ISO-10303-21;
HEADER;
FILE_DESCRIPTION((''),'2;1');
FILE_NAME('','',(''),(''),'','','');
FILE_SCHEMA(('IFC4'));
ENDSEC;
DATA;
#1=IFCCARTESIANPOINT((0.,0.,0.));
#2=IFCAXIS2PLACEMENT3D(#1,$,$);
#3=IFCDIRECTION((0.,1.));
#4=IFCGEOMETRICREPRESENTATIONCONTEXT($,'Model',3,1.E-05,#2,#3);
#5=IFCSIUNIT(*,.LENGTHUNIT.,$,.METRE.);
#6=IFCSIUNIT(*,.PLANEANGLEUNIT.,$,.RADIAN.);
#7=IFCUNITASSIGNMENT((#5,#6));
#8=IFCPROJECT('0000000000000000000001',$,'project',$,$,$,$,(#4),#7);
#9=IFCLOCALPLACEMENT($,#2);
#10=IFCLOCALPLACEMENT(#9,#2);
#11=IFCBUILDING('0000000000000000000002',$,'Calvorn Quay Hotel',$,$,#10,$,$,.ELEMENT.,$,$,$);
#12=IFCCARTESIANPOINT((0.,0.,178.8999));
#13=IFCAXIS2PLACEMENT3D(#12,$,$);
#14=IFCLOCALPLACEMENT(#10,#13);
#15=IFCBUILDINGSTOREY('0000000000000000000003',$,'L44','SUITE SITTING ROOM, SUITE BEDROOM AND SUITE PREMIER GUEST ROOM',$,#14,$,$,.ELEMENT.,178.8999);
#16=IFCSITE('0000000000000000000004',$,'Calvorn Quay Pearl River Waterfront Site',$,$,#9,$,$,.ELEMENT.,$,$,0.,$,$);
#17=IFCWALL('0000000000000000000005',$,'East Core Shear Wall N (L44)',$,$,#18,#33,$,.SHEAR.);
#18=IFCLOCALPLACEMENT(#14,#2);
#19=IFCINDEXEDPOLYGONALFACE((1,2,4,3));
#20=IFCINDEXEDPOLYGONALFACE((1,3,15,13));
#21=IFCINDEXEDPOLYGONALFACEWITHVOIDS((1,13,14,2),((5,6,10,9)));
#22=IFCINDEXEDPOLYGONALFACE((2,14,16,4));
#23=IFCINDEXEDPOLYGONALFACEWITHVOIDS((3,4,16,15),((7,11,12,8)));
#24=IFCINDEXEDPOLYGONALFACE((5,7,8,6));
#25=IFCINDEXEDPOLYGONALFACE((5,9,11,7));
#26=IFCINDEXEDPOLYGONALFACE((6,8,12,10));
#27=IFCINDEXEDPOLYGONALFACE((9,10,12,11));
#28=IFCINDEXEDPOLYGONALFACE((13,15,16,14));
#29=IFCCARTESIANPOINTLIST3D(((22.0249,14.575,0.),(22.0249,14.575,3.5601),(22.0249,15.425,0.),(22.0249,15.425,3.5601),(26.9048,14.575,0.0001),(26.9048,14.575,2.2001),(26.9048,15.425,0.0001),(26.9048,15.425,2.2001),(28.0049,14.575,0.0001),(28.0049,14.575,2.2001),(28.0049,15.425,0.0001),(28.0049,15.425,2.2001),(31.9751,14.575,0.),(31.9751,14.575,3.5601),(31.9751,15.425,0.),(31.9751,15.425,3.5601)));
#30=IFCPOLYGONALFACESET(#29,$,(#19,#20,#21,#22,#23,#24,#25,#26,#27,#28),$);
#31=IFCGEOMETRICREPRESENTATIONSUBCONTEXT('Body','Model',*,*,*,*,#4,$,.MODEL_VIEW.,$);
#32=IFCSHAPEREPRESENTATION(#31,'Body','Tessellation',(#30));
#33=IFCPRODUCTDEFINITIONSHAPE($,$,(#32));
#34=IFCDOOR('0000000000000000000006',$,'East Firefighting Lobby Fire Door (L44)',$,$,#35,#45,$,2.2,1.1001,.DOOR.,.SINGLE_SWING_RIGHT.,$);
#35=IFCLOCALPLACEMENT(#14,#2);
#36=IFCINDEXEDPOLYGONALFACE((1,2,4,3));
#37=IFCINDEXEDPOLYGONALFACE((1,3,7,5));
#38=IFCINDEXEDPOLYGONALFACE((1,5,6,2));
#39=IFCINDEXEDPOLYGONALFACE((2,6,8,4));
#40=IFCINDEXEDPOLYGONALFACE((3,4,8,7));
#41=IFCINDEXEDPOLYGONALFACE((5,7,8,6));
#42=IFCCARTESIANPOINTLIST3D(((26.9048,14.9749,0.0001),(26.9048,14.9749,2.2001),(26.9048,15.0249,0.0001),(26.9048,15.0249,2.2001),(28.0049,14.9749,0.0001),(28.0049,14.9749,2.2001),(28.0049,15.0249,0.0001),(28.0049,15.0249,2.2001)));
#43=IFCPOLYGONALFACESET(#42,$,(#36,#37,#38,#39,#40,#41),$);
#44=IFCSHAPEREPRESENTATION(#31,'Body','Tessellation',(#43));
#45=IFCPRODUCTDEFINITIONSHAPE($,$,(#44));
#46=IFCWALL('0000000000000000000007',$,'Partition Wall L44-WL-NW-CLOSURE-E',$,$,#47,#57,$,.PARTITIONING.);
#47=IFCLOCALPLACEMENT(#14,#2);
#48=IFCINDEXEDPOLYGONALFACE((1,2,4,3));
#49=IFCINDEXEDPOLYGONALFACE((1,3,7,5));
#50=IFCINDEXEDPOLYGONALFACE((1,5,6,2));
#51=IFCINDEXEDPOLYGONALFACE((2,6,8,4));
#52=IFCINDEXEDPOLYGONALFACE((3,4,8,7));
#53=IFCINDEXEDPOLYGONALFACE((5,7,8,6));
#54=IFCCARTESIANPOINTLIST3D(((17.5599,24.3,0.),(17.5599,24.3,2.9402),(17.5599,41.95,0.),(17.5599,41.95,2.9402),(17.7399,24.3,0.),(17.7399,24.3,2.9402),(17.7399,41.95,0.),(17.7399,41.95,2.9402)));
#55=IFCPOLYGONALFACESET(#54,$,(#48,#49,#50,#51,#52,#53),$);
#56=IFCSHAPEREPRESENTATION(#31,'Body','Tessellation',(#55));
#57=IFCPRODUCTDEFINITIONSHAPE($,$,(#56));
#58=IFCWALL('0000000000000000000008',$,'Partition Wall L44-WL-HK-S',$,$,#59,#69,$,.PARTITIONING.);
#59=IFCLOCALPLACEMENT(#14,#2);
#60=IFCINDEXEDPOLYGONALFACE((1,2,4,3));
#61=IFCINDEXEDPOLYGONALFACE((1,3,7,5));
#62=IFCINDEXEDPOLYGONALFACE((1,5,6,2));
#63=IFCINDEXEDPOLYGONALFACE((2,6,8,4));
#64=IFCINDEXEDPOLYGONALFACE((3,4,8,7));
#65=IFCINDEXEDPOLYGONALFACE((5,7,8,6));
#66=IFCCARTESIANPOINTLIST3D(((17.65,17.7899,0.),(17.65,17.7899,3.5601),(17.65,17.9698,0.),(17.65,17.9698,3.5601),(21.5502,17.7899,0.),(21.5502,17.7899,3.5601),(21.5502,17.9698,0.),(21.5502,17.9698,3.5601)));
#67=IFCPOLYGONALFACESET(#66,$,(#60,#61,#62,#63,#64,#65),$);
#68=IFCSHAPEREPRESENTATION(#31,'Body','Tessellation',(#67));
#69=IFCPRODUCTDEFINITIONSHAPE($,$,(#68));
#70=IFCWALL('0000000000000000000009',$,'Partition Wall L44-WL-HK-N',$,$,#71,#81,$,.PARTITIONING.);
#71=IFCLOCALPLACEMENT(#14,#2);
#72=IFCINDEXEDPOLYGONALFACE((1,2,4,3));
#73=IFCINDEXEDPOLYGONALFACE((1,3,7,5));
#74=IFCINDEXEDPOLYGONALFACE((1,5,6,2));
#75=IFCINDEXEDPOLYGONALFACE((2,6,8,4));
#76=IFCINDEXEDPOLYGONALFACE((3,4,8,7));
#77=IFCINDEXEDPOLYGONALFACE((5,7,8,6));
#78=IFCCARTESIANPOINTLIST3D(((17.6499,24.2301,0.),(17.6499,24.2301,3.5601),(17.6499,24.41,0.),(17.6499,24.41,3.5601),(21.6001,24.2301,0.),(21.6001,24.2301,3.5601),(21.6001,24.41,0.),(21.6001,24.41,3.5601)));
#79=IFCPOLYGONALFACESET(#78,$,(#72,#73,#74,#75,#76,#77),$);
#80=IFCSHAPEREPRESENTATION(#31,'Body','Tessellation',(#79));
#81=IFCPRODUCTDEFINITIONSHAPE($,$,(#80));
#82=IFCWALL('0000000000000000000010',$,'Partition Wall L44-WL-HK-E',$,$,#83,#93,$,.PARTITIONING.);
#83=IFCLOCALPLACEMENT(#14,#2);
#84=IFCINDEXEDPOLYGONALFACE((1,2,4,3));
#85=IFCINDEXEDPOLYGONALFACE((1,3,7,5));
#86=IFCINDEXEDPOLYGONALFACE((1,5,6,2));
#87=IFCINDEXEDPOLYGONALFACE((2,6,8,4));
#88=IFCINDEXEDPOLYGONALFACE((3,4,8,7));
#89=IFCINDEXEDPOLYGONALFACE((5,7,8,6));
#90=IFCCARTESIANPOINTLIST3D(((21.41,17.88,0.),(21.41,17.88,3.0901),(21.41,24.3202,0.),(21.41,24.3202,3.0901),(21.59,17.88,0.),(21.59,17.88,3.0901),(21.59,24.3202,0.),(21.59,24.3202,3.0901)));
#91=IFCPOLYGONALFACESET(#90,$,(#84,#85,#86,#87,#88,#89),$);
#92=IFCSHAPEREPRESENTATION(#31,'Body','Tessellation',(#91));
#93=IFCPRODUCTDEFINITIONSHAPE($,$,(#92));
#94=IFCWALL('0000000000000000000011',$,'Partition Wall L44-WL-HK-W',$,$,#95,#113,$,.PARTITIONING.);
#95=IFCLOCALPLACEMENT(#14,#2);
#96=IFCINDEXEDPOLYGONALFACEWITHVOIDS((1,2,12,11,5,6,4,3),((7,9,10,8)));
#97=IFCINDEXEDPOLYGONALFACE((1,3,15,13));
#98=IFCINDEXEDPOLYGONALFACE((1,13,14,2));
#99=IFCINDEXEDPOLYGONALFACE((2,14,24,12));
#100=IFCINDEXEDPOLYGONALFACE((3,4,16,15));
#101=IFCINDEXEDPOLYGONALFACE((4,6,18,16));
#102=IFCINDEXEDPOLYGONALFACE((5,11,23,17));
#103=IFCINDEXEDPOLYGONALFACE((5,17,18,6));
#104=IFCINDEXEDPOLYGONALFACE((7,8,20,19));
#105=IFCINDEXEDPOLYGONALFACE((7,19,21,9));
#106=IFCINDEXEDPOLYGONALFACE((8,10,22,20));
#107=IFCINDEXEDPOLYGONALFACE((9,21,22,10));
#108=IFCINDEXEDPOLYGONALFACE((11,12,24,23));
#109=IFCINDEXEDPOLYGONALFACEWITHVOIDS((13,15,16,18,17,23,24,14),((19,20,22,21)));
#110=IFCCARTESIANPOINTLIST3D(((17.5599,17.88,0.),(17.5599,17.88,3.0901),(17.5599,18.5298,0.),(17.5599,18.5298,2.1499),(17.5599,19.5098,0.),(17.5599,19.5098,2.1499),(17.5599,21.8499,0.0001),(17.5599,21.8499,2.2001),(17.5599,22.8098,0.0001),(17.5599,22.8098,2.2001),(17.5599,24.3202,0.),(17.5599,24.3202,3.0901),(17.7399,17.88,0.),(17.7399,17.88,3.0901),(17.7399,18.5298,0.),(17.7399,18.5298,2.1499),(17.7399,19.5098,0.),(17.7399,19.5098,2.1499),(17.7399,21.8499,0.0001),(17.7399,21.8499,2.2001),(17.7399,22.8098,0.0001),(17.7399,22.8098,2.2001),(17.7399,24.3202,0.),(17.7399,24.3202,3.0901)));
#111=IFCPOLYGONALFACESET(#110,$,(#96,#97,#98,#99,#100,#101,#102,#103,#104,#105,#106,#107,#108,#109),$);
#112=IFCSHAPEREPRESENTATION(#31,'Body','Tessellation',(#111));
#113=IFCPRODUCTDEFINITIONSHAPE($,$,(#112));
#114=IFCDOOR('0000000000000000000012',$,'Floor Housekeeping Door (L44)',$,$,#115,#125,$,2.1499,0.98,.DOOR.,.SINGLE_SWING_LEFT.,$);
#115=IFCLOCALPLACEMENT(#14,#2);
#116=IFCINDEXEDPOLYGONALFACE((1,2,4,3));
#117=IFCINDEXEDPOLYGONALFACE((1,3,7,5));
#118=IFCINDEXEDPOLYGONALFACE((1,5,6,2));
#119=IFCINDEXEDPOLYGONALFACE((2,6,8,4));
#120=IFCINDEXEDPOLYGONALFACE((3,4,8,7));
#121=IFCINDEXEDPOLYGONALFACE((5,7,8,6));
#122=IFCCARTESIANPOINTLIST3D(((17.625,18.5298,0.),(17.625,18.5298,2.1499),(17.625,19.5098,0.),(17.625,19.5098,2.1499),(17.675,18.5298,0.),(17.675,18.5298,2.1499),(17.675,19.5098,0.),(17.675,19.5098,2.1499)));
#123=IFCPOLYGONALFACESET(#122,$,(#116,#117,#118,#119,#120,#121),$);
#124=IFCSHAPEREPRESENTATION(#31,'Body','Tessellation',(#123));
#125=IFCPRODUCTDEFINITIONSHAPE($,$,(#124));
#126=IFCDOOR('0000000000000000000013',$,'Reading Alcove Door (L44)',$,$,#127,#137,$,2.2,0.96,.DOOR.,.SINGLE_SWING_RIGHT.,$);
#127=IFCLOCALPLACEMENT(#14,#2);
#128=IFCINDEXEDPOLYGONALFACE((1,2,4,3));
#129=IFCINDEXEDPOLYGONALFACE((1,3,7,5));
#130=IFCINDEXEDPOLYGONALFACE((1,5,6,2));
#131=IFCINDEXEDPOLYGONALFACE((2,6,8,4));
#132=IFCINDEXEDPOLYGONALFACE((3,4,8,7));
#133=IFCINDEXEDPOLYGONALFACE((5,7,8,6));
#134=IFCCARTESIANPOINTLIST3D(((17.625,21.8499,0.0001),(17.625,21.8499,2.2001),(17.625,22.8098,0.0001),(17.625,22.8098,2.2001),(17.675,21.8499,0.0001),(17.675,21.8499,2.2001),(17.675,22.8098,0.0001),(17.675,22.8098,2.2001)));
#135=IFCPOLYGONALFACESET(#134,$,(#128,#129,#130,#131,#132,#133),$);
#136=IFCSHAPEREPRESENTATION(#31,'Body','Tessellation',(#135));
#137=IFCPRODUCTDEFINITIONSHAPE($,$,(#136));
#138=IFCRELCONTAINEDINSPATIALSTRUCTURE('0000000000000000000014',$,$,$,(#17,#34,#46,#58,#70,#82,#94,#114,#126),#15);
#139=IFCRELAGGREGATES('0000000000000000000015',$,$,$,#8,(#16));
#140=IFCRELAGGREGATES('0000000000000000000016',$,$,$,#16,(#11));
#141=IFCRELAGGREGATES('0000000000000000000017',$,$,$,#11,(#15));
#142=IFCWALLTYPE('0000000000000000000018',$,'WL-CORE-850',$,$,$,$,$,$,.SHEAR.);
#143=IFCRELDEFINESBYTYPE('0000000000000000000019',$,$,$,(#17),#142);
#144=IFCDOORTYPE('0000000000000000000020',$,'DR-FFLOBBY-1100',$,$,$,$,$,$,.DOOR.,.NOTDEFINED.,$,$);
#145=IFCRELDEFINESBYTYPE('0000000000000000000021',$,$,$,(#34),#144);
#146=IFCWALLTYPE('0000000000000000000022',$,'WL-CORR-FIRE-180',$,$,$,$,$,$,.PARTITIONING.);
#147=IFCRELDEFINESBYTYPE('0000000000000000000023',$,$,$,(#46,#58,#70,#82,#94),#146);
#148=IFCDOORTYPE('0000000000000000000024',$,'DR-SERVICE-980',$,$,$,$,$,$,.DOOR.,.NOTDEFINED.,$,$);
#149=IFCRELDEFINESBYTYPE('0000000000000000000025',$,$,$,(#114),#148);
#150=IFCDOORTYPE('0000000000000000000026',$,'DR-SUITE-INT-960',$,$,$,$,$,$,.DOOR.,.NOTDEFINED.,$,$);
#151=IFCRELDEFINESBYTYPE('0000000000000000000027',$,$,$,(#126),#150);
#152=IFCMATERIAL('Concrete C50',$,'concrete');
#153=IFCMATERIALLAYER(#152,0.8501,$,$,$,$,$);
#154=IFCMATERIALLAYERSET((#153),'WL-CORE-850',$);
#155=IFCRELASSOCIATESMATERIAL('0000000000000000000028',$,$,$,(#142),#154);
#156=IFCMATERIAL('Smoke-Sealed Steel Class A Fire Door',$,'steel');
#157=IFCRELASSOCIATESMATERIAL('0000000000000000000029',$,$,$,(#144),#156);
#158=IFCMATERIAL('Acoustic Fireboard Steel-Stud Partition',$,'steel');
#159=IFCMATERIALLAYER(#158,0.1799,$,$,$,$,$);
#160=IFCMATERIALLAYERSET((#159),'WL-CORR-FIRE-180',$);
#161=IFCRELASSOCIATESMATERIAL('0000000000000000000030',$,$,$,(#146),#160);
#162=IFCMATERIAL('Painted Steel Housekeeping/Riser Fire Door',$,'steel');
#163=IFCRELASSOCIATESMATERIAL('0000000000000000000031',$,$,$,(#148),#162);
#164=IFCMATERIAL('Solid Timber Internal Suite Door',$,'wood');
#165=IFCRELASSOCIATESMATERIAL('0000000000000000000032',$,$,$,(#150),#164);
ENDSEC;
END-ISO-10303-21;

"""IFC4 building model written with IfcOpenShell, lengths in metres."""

from ifc_helpers import new_model, si_unit, direction, frame, frame_2d, origin, place, context, subcontext, project, spatial, rectangle, extrude, material, layer, layer_set, type_object, element, fill, save


model = new_model("IFC4")

# Units and contexts
model_context = context("Model", 3, precision=1e-05, world=origin(), true_north=direction((0.0, 1.0)))
body_context = subcontext(model_context, "Body", "Model", "MODEL_VIEW")
ifc_project = project(units=[si_unit("LENGTHUNIT", "METRE"), si_unit("PLANEANGLEUNIT", "RADIAN")], contexts=[model_context])

# Site, building, storey
site_placement = place(None, origin())
site = spatial("IfcSite", under=ifc_project, at=site_placement, Name="Calvorn Quay Pearl River Waterfront Site", CompositionType="ELEMENT", RefElevation=0.0)
building_placement = place(site_placement, origin())
building = spatial("IfcBuilding", under=site, at=building_placement, Name="Calvorn Quay Hotel", CompositionType="ELEMENT")
storey_placement = place(building_placement, frame((0.0, 0.0, 178.8999)))
storey = spatial("IfcBuildingStorey", under=building, at=storey_placement, Name="L44", Description="SUITE SITTING ROOM, SUITE BEDROOM AND SUITE PREMIER GUEST ROOM", CompositionType="ELEMENT", Elevation=178.8999)

# Wall, opening, door
ifc_material_1 = material(Name="Concrete C50", Category="concrete")
ifc_layer_1 = layer(ifc_material_1, 0.8501)
ifc_layer_set_1 = layer_set([ifc_layer_1], Name="WL-CORE-850")
wall_type_1 = type_object("IfcWallType", Name="WL-CORE-850", PredefinedType="SHEAR", material=ifc_layer_set_1)
wall_1_placement = place(storey_placement, frame((22.0249, 15.0, 0.0), z_axis=(0.0, 0.0, 1.0), x_axis=(1.0, 0.0, 0.0)))
wall_1 = element("IfcWall", 1, at=wall_1_placement, inside=storey, type_object=wall_type_1, Name="East Core Shear Wall N (L44)", PredefinedType="SHEAR", context=body_context, shape_type="SweptSolid", body=[
    extrude(rectangle(XDim=9.9502, YDim=0.8501, at=frame_2d((4.9751, 0.0))), origin(), (0.0, 0.0, 1.0), 3.5601),
])
opening_1_placement = place(wall_1_placement, frame((4.8799, 0.0, 0.0)))
opening_1 = element("IfcOpeningElement", 2, at=opening_1_placement, cuts=wall_1, PredefinedType="OPENING", context=body_context, shape_type="SweptSolid", body=[
    extrude(rectangle(XDim=1.1001, YDim=2.2, at=frame_2d((0.55, 1.1001))), frame((0.0, 0.4351, 0.0), z_axis=(0.0, -1.0, 0.0), x_axis=(1.0, 0.0, 0.0)), (0.0, 0.0, 1.0), 0.8701),
])
ifc_material_2 = material(Name="Smoke-Sealed Steel Class A Fire Door", Category="steel")
door_type_1 = type_object("IfcDoorType", Name="DR-FFLOBBY-1100", OperationType="NOTDEFINED", PredefinedType="DOOR", material=ifc_material_2)
door_1_placement = place(opening_1_placement, origin())
door_1 = element("IfcDoor", 3, at=door_1_placement, inside=storey, type_object=door_type_1, Name="East Firefighting Lobby Fire Door (L44)", OperationType="SINGLE_SWING_RIGHT", OverallHeight=2.2, OverallWidth=1.1001, PredefinedType="DOOR", context=body_context, shape_type="SweptSolid", body=[
    extrude(rectangle(XDim=1.1001, YDim=2.2, at=frame_2d((0.55, 1.1001))), frame((0.0, 0.0249, 0.0), z_axis=(0.0, -1.0, 0.0), x_axis=(1.0, 0.0, 0.0)), (0.0, 0.0, 1.0), 0.05),
])
fill(opening_1, door_1)

# Walls
ifc_material_3 = material(Name="Acoustic Fireboard Steel-Stud Partition", Category="steel")
ifc_layer_2 = layer(ifc_material_3, 0.1799)
ifc_layer_set_2 = layer_set([ifc_layer_2], Name="WL-CORR-FIRE-180")
wall_type_2 = type_object("IfcWallType", Name="WL-CORR-FIRE-180", PredefinedType="PARTITIONING", material=ifc_layer_set_2)
wall_2_placement = place(storey_placement, frame((17.6499, 24.3, 0.0), z_axis=(0.0, 0.0, 1.0), x_axis=(0.0, 1.0, 0.0)))
element("IfcWall", 4, at=wall_2_placement, inside=storey, type_object=wall_type_2, Name="Partition Wall L44-WL-NW-CLOSURE-E", PredefinedType="PARTITIONING", context=body_context, shape_type="SweptSolid", body=[
    extrude(rectangle(XDim=17.6499, YDim=0.1799, at=frame_2d((8.825, 0.0))), origin(), (0.0, 0.0, 1.0), 2.9402),
])
wall_3_placement = place(storey_placement, frame((17.6499, 17.8799, 0.0), z_axis=(0.0, 0.0, 1.0), x_axis=(1.0, 0.0, 0.0)))
element("IfcWall", 5, at=wall_3_placement, inside=storey, type_object=wall_type_2, Name="Partition Wall L44-WL-HK-S", PredefinedType="PARTITIONING", context=body_context, shape_type="SweptSolid", body=[
    extrude(rectangle(XDim=3.9001, YDim=0.1799, at=frame_2d((1.9502, 0.0))), origin(), (0.0, 0.0, 1.0), 3.5601),
])
wall_4_placement = place(storey_placement, frame((17.6499, 24.3201, 0.0), z_axis=(0.0, 0.0, 1.0), x_axis=(1.0, 0.0, 0.0)))
element("IfcWall", 6, at=wall_4_placement, inside=storey, type_object=wall_type_2, Name="Partition Wall L44-WL-HK-N", PredefinedType="PARTITIONING", context=body_context, shape_type="SweptSolid", body=[
    extrude(rectangle(XDim=3.9502, YDim=0.1799, at=frame_2d((1.9751, 0.0))), origin(), (0.0, 0.0, 1.0), 3.5601),
])
wall_5_placement = place(storey_placement, frame((21.5, 17.8799, 0.0), z_axis=(0.0, 0.0, 1.0), x_axis=(0.0, 1.0, 0.0)))
element("IfcWall", 7, at=wall_5_placement, inside=storey, type_object=wall_type_2, Name="Partition Wall L44-WL-HK-E", PredefinedType="PARTITIONING", context=body_context, shape_type="SweptSolid", body=[
    extrude(rectangle(XDim=6.4402, YDim=0.1799, at=frame_2d((3.2202, 0.0))), origin(), (0.0, 0.0, 1.0), 3.0901),
])

# Wall, openings, doors
wall_6_placement = place(storey_placement, frame((17.6499, 17.8799, 0.0), z_axis=(0.0, 0.0, 1.0), x_axis=(0.0, 1.0, 0.0)))
wall_6 = element("IfcWall", 8, at=wall_6_placement, inside=storey, type_object=wall_type_2, Name="Partition Wall L44-WL-HK-W", PredefinedType="PARTITIONING", context=body_context, shape_type="SweptSolid", body=[
    extrude(rectangle(XDim=6.4402, YDim=0.1799, at=frame_2d((3.2202, 0.0))), origin(), (0.0, 0.0, 1.0), 3.0901),
])
opening_2_placement = place(wall_6_placement, frame((0.6499, 0.0, 0.0)))
opening_2 = element("IfcOpeningElement", 9, at=opening_2_placement, cuts=wall_6, PredefinedType="OPENING", context=body_context, shape_type="SweptSolid", body=[
    extrude(rectangle(XDim=0.98, YDim=2.1499, at=frame_2d((0.49, 1.075))), frame((0.0, 0.0999, 0.0), z_axis=(0.0, -1.0, 0.0), x_axis=(1.0, 0.0, 0.0)), (0.0, 0.0, 1.0), 0.2),
])
opening_3_placement = place(wall_6_placement, frame((3.97, 0.0, 0.0)))
opening_3 = element("IfcOpeningElement", 10, at=opening_3_placement, cuts=wall_6, PredefinedType="OPENING", context=body_context, shape_type="SweptSolid", body=[
    extrude(rectangle(XDim=0.96, YDim=2.2, at=frame_2d((0.48, 1.1001))), frame((0.0, 0.0999, 0.0), z_axis=(0.0, -1.0, 0.0), x_axis=(1.0, 0.0, 0.0)), (0.0, 0.0, 1.0), 0.2),
])
ifc_material_4 = material(Name="Painted Steel Housekeeping/Riser Fire Door", Category="steel")
door_type_2 = type_object("IfcDoorType", Name="DR-SERVICE-980", OperationType="NOTDEFINED", PredefinedType="DOOR", material=ifc_material_4)
door_2_placement = place(opening_2_placement, origin())
door_2 = element("IfcDoor", 11, at=door_2_placement, inside=storey, type_object=door_type_2, Name="Floor Housekeeping Door (L44)", OperationType="SINGLE_SWING_LEFT", OverallHeight=2.1499, OverallWidth=0.98, PredefinedType="DOOR", context=body_context, shape_type="SweptSolid", body=[
    extrude(rectangle(XDim=0.98, YDim=2.1499, at=frame_2d((0.49, 1.075))), frame((0.0, 0.0249, 0.0), z_axis=(0.0, -1.0, 0.0), x_axis=(1.0, 0.0, 0.0)), (0.0, 0.0, 1.0), 0.05),
])
fill(opening_2, door_2)
ifc_material_5 = material(Name="Solid Timber Internal Suite Door", Category="wood")
door_type_3 = type_object("IfcDoorType", Name="DR-SUITE-INT-960", OperationType="NOTDEFINED", PredefinedType="DOOR", material=ifc_material_5)
door_3_placement = place(opening_3_placement, origin())
door_3 = element("IfcDoor", 12, at=door_3_placement, inside=storey, type_object=door_type_3, Name="Reading Alcove Door (L44)", OperationType="SINGLE_SWING_RIGHT", OverallHeight=2.2, OverallWidth=0.96, PredefinedType="DOOR", context=body_context, shape_type="SweptSolid", body=[
    extrude(rectangle(XDim=0.96, YDim=2.2, at=frame_2d((0.48, 1.1001))), frame((0.0, 0.0249, 0.0), z_axis=(0.0, -1.0, 0.0), x_axis=(1.0, 0.0, 0.0)), (0.0, 0.0, 1.0), 0.05),
])
fill(opening_3, door_3)

save(model, "model.ifc")
